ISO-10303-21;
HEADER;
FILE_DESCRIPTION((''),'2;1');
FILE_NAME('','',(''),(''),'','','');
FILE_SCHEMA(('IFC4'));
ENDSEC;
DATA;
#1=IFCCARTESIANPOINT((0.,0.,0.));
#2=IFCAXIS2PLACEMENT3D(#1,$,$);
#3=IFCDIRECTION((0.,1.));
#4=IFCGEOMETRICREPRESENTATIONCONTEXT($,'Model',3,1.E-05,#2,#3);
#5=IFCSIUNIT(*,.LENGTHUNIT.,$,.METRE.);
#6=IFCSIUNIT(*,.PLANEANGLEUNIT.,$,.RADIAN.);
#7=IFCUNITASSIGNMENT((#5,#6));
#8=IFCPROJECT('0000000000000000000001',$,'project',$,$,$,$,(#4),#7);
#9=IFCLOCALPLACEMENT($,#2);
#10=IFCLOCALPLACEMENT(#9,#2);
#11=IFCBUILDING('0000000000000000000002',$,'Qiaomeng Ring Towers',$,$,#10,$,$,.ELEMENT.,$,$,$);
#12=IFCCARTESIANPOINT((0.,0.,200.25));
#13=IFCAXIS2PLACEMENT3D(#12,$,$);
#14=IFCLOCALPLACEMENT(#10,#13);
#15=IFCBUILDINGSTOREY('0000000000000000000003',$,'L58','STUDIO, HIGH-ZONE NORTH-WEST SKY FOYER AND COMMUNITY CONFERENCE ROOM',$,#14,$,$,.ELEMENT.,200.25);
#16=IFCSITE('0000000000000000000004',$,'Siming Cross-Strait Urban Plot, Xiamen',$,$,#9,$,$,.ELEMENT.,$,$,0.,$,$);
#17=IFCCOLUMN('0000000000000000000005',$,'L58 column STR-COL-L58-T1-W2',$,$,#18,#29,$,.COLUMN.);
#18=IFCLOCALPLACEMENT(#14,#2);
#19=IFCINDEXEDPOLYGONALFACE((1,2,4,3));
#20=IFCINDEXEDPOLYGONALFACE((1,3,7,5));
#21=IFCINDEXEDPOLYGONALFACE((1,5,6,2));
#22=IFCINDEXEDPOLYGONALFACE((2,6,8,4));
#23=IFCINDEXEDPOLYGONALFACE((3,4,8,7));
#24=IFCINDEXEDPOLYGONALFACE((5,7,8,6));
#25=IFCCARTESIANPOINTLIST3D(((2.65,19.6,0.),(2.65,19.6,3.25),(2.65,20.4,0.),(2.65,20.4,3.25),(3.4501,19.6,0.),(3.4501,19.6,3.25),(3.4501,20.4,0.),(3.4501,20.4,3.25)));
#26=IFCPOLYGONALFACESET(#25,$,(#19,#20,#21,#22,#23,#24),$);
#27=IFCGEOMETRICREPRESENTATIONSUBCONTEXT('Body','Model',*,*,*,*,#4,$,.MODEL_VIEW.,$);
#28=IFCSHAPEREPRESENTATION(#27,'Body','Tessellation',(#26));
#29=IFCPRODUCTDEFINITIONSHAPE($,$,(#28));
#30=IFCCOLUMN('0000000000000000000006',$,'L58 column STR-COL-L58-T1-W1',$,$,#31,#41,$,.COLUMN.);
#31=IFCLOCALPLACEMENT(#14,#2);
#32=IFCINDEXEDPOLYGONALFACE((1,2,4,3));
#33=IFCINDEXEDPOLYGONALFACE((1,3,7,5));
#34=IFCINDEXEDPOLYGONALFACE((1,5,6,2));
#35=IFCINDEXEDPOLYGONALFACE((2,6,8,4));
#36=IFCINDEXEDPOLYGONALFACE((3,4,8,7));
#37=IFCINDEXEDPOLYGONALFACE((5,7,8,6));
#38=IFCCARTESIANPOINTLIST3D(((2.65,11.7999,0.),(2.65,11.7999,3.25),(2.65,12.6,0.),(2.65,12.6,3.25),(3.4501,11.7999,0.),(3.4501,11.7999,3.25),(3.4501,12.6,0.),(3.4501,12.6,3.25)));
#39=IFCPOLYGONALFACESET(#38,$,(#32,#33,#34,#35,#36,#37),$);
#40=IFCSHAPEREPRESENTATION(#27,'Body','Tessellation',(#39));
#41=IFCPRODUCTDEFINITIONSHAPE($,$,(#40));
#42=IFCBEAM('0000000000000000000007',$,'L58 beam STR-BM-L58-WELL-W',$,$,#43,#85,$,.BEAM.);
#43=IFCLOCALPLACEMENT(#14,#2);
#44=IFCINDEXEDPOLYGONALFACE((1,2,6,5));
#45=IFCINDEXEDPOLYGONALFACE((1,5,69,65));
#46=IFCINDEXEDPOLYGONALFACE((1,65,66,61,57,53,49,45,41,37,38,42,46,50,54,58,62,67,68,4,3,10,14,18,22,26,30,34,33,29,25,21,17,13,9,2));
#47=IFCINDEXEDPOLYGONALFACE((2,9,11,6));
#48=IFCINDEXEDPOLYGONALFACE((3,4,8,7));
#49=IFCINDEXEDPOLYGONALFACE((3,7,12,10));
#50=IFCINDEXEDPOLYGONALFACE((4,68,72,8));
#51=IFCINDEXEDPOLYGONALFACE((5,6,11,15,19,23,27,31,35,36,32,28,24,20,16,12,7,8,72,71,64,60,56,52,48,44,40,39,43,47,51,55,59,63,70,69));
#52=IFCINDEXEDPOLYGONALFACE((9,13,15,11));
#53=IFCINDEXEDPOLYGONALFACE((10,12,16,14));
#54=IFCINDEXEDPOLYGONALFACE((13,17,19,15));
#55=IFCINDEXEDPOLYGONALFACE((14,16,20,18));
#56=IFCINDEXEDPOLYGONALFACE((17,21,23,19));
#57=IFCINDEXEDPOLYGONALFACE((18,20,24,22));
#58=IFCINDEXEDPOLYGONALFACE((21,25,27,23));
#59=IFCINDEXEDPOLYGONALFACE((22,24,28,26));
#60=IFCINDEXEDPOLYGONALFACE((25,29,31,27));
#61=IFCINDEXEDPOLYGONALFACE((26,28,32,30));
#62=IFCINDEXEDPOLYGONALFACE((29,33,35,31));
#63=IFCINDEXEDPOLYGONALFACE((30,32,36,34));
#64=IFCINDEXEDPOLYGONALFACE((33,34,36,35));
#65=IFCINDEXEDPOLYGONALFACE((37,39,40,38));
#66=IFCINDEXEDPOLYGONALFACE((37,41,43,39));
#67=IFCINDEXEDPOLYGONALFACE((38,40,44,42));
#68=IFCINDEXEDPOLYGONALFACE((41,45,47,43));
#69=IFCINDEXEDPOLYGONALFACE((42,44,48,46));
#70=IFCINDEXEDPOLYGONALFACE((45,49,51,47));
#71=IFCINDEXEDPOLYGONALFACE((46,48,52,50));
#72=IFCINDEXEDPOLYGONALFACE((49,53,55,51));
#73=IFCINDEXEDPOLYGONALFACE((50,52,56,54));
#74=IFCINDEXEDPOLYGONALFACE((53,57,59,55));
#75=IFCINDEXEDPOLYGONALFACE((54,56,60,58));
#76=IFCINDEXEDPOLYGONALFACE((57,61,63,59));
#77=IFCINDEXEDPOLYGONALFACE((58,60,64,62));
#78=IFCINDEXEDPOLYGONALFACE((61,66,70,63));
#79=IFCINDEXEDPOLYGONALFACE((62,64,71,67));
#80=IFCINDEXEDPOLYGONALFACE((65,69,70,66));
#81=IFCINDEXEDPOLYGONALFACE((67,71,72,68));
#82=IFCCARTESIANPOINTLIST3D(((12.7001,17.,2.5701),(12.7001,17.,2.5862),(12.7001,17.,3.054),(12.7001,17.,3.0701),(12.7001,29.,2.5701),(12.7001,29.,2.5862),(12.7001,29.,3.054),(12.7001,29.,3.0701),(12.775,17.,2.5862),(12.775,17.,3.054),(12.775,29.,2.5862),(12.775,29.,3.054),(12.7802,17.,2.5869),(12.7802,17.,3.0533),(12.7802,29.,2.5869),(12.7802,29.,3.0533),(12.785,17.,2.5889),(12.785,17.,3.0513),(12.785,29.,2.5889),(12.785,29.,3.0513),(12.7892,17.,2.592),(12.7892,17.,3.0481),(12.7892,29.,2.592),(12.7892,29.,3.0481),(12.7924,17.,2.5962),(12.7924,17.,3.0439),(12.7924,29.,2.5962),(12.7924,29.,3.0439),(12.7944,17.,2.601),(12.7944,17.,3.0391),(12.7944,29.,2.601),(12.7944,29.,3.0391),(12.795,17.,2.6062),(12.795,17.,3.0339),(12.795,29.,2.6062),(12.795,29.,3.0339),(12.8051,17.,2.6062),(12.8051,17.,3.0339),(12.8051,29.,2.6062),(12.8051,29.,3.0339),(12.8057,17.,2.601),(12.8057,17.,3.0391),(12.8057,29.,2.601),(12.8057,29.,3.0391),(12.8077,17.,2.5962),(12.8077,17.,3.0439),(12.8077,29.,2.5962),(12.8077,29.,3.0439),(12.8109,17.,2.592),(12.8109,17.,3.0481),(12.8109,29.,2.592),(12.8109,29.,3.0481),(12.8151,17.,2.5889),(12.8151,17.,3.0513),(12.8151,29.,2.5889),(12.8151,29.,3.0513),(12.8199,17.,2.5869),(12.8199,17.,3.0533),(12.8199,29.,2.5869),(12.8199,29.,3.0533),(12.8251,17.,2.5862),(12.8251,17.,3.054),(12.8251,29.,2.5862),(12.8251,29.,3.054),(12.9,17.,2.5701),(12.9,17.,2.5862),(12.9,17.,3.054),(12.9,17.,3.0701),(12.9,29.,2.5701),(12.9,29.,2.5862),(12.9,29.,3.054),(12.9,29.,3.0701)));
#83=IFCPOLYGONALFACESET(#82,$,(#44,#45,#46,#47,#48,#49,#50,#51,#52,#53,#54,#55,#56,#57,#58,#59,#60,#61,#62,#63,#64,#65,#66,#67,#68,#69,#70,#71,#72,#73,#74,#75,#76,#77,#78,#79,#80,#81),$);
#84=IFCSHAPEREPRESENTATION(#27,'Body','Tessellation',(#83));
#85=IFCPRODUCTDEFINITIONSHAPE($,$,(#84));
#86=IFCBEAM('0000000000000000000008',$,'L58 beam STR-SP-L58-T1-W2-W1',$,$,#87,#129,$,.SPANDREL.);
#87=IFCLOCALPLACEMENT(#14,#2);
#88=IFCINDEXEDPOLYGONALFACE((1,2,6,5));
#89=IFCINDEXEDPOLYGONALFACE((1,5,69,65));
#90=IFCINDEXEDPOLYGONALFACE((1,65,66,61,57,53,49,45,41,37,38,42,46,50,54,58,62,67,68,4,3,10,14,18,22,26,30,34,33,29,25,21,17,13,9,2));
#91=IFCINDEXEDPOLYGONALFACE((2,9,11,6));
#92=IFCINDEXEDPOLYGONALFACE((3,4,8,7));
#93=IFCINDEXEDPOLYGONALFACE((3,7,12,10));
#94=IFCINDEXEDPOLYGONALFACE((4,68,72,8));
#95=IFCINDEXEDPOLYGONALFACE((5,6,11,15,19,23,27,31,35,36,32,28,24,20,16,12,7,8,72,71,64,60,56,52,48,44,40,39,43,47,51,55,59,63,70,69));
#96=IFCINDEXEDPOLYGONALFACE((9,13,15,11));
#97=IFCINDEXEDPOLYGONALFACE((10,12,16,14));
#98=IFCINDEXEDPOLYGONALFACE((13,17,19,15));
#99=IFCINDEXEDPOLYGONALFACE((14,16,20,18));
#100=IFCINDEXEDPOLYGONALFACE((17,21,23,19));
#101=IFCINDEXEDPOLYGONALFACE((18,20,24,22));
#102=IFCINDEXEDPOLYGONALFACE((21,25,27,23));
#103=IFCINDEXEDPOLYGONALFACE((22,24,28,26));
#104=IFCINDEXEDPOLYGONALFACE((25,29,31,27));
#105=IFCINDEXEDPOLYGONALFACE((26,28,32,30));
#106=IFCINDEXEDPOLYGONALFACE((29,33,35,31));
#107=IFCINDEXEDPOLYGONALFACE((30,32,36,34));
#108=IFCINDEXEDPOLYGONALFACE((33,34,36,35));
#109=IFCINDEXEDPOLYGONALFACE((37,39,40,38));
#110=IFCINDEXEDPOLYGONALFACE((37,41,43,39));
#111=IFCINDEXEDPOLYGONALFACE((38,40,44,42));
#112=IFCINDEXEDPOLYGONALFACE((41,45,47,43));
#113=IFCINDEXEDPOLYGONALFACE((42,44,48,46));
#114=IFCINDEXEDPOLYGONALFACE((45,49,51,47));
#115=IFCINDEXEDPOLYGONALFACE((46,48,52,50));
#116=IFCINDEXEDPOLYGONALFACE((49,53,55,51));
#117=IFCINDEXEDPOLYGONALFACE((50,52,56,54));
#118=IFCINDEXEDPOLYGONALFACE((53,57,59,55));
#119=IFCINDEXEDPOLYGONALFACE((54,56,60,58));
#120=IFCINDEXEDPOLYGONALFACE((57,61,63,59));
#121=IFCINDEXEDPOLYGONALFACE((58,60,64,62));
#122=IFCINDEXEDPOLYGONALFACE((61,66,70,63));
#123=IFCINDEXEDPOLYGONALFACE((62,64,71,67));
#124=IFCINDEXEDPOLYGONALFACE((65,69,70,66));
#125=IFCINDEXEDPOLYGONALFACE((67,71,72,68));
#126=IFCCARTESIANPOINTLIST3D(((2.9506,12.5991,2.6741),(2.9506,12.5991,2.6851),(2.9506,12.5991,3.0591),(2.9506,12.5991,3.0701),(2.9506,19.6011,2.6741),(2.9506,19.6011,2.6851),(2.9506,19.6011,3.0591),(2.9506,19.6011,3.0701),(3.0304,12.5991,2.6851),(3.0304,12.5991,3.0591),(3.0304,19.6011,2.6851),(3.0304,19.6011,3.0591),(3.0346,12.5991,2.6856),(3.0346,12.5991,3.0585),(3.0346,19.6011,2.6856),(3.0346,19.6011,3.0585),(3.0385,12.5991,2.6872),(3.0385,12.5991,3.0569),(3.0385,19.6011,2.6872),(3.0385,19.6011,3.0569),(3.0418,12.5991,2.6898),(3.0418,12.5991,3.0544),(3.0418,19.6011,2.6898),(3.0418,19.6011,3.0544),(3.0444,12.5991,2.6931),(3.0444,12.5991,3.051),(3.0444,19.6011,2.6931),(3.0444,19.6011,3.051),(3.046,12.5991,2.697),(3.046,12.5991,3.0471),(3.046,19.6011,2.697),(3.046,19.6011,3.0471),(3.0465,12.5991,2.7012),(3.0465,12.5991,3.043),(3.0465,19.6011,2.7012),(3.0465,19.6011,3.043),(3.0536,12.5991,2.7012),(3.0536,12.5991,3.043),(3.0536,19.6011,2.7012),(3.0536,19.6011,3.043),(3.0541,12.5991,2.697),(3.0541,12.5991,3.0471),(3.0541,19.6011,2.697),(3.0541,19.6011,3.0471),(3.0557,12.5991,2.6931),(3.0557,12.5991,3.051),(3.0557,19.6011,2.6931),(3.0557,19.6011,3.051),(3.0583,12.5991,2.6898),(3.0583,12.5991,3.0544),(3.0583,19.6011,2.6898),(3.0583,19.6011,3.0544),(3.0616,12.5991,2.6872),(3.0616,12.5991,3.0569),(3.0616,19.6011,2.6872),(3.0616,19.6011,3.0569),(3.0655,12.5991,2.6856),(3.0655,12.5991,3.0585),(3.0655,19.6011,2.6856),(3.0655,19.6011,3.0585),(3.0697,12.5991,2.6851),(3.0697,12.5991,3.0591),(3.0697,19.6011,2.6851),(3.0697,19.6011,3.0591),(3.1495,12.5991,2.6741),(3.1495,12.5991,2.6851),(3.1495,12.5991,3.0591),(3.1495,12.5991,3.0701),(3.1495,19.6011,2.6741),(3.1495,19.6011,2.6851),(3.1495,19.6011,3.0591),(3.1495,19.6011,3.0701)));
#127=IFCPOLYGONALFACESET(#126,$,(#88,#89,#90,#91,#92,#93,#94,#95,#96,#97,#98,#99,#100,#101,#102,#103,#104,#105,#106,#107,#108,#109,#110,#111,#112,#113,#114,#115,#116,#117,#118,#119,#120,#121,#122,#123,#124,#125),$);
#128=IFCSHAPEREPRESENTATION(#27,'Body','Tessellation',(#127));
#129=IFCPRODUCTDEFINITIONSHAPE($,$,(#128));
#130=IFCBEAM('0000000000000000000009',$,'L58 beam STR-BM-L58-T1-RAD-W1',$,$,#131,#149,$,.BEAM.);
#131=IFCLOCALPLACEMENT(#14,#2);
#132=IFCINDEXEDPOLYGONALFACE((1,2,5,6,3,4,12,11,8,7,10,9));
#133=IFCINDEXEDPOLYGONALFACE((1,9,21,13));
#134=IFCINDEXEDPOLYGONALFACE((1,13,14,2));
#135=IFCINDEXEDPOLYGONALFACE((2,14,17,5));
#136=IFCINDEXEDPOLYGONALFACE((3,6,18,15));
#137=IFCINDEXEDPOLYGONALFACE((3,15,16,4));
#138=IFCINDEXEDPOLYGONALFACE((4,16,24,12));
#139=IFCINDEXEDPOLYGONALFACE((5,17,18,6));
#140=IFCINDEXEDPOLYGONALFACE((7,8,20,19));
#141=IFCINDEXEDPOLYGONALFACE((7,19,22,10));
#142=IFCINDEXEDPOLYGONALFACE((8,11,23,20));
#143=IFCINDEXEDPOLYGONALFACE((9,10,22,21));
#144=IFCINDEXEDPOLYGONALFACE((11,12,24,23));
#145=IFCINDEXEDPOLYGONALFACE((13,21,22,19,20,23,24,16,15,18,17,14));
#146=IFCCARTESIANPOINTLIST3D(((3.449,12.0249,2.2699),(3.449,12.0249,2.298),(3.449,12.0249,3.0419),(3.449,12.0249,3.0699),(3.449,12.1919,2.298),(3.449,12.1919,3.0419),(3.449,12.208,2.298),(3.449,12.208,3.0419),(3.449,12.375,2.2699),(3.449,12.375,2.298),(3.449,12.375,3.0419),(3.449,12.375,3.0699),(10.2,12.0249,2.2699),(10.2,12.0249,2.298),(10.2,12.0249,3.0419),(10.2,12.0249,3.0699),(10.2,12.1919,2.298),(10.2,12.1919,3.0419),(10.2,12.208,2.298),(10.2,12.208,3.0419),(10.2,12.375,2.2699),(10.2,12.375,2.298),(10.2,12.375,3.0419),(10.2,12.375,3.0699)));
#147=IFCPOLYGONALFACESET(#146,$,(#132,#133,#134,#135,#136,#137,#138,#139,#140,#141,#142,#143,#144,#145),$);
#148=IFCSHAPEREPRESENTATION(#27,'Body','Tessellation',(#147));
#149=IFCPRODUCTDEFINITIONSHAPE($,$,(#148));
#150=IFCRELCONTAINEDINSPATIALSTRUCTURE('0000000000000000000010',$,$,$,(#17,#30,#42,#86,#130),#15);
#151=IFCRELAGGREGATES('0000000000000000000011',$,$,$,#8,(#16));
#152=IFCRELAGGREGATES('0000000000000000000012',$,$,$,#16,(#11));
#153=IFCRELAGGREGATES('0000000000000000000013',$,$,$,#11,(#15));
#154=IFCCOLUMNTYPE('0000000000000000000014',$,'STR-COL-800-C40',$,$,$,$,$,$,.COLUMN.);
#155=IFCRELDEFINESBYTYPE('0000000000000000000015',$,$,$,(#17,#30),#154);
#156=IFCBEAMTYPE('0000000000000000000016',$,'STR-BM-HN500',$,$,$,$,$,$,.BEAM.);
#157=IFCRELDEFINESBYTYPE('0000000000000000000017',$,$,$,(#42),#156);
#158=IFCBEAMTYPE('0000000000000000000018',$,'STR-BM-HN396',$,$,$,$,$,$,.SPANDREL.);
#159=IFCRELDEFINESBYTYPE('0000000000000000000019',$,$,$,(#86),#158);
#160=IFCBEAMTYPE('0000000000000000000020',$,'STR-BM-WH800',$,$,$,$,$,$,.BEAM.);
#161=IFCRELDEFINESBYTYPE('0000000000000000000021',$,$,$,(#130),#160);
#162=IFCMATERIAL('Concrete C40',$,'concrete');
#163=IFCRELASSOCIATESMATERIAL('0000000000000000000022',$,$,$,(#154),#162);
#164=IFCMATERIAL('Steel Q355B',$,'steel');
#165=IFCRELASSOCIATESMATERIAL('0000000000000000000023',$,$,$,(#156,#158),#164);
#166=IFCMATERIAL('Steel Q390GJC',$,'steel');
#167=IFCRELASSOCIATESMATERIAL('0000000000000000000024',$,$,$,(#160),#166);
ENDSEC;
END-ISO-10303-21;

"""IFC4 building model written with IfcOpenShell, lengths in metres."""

from ifc_helpers import new_model, si_unit, direction, frame, origin, origin_2d, place, context, subcontext, project, spatial, rectangle, i_section, extrude, source, transform, mapped, material, material_profile, profile_set, type_object, element, save


model = new_model("IFC4")

# Units and contexts
model_context = context("Model", 3, precision=1e-05, world=origin(), true_north=direction((0.0, 1.0)))
body_context = subcontext(model_context, "Body", "Model", "MODEL_VIEW")
ifc_project = project(units=[si_unit("LENGTHUNIT", "METRE"), si_unit("PLANEANGLEUNIT", "RADIAN")], contexts=[model_context])

# Site, building, storey
site_placement = place(None, origin())
site = spatial("IfcSite", under=ifc_project, at=site_placement, Name="Siming Cross-Strait Urban Plot, Xiamen", CompositionType="ELEMENT", RefElevation=0.0)
building_placement = place(site_placement, origin())
building = spatial("IfcBuilding", under=site, at=building_placement, Name="Qiaomeng Ring Towers", CompositionType="ELEMENT")
storey_placement = place(building_placement, frame((0.0, 0.0, 200.25)))
storey = spatial("IfcBuildingStorey", under=building, at=storey_placement, Name="L58", Description="STUDIO, HIGH-ZONE NORTH-WEST SKY FOYER AND COMMUNITY CONFERENCE ROOM", CompositionType="ELEMENT", Elevation=200.25)

# Columns
ifc_material_1 = material(Name="Concrete C40", Category="concrete")
ifc_material_profile_1 = material_profile(ifc_material_1, rectangle(XDim=0.8, YDim=0.8, at=origin_2d()), Name="RC COL 800x800")
ifc_profile_set_1 = profile_set([ifc_material_profile_1], Name="Concrete C40")
column_type = type_object("IfcColumnType", Name="STR-COL-800-C40", PredefinedType="COLUMN", material=ifc_profile_set_1)
shared_shape_1 = source(origin(), body_context, "Body", "SweptSolid", [
    extrude(rectangle(XDim=0.8, YDim=0.8, at=origin_2d()), origin(), (0.0, 0.0, 1.0), 3.25),
])
for number, where, z_axis, x_axis, name in (
    (1, (3.05, 20.0, 0.0), (0.0, 0.0, 1.0), (1.0, 0.0, 0.0), "L58 column STR-COL-L58-T1-W2"),
    (2, (3.05, 12.2, 0.0), (0.0, 0.0, 1.0), (1.0, 0.0, 0.0), "L58 column STR-COL-L58-T1-W1"),
):
    element("IfcColumn", number, at=place(storey_placement, frame(where, z_axis=z_axis, x_axis=x_axis)), inside=storey, type_object=column_type, Name=name, PredefinedType="COLUMN", context=body_context, shape_type="MappedRepresentation", body=[
        mapped(shared_shape_1, transform((0.0, 0.0, 0.0), x_axis=(1.0, 0.0, 0.0), y_axis=(0.0, 1.0, 0.0), z_axis=(0.0, 0.0, 1.0), scale=1.0)),
    ])

# Beams
ifc_material_2 = material(Name="Steel Q355B", Category="steel")
ifc_material_profile_2 = material_profile(ifc_material_2, i_section(OverallWidth=0.2, OverallDepth=0.5, WebThickness=0.01, FlangeThickness=0.0161, FilletRadius=0.02, at=origin_2d()), Name="HN 500x200x10x16")
ifc_profile_set_2 = profile_set([ifc_material_profile_2], Name="Steel Q355B")
beam_type_1 = type_object("IfcBeamType", Name="STR-BM-HN500", PredefinedType="BEAM", material=ifc_profile_set_2)
shared_shape_2 = source(origin(), body_context, "Body", "SweptSolid", [
    extrude(i_section(OverallWidth=0.2, OverallDepth=0.5, WebThickness=0.01, FlangeThickness=0.0161, FilletRadius=0.02, at=origin_2d()), origin(), (0.0, 0.0, 1.0), 12.0),
])
beam_1_placement = place(storey_placement, frame((12.8, 17.0, 2.8201), z_axis=(0.0, 1.0, 0.0), x_axis=(-1.0, 0.0, 0.0)))
element("IfcBeam", 3, at=beam_1_placement, inside=storey, type_object=beam_type_1, Name="L58 beam STR-BM-L58-WELL-W", PredefinedType="BEAM", context=body_context, shape_type="MappedRepresentation", body=[
    mapped(shared_shape_2, transform((0.0, 0.0, 0.0), x_axis=(1.0, 0.0, 0.0), y_axis=(0.0, 1.0, 0.0), z_axis=(0.0, 0.0, 1.0), scale=1.0)),
])
ifc_material_profile_3 = material_profile(ifc_material_2, i_section(OverallWidth=0.199, OverallDepth=0.396, WebThickness=0.0071, FlangeThickness=0.011, FilletRadius=0.0161, at=origin_2d()), Name="HN 396x199x7x11")
ifc_profile_set_3 = profile_set([ifc_material_profile_3], Name="Steel Q355B")
beam_type_2 = type_object("IfcBeamType", Name="STR-BM-HN396", PredefinedType="SPANDREL", material=ifc_profile_set_3)
shared_shape_3 = source(origin(), body_context, "Body", "SweptSolid", [
    extrude(i_section(OverallWidth=0.199, OverallDepth=0.396, WebThickness=0.0071, FlangeThickness=0.011, FilletRadius=0.0161, at=origin_2d()), origin(), (0.0, 0.0, 1.0), 7.002),
])
beam_2_placement = place(storey_placement, frame((3.05, 19.6011, 2.8721), z_axis=(0.0, -1.0, 0.0), x_axis=(1.0, 0.0, 0.0)))
element("IfcBeam", 4, at=beam_2_placement, inside=storey, type_object=beam_type_2, Name="L58 beam STR-SP-L58-T1-W2-W1", PredefinedType="SPANDREL", context=body_context, shape_type="MappedRepresentation", body=[
    mapped(shared_shape_3, transform((0.0, 0.0, 0.0), x_axis=(1.0, 0.0, 0.0), y_axis=(0.0, 1.0, 0.0), z_axis=(0.0, 0.0, 1.0), scale=1.0)),
])
ifc_material_3 = material(Name="Steel Q390GJC", Category="steel")
ifc_material_profile_4 = material_profile(ifc_material_3, i_section(OverallWidth=0.3501, OverallDepth=0.8, WebThickness=0.0161, FlangeThickness=0.0281, at=origin_2d()), Name="WH 800x350x16x28")
ifc_profile_set_4 = profile_set([ifc_material_profile_4], Name="Steel Q390GJC")
beam_type_3 = type_object("IfcBeamType", Name="STR-BM-WH800", PredefinedType="BEAM", material=ifc_profile_set_4)
shared_shape_4 = source(origin(), body_context, "Body", "SweptSolid", [
    extrude(i_section(OverallWidth=0.3501, OverallDepth=0.8, WebThickness=0.0161, FlangeThickness=0.0281, at=origin_2d()), origin(), (0.0, 0.0, 1.0), 6.751),
])
beam_3_placement = place(storey_placement, frame((3.449, 12.2, 2.6699), z_axis=(1.0, 0.0, 0.0), x_axis=(0.0, 1.0, 0.0)))
element("IfcBeam", 5, at=beam_3_placement, inside=storey, type_object=beam_type_3, Name="L58 beam STR-BM-L58-T1-RAD-W1", PredefinedType="BEAM", context=body_context, shape_type="MappedRepresentation", body=[
    mapped(shared_shape_4, transform((0.0, 0.0, 0.0), x_axis=(1.0, 0.0, 0.0), y_axis=(0.0, 1.0, 0.0), z_axis=(0.0, 0.0, 1.0), scale=1.0)),
])

save(model, "model.ifc")
